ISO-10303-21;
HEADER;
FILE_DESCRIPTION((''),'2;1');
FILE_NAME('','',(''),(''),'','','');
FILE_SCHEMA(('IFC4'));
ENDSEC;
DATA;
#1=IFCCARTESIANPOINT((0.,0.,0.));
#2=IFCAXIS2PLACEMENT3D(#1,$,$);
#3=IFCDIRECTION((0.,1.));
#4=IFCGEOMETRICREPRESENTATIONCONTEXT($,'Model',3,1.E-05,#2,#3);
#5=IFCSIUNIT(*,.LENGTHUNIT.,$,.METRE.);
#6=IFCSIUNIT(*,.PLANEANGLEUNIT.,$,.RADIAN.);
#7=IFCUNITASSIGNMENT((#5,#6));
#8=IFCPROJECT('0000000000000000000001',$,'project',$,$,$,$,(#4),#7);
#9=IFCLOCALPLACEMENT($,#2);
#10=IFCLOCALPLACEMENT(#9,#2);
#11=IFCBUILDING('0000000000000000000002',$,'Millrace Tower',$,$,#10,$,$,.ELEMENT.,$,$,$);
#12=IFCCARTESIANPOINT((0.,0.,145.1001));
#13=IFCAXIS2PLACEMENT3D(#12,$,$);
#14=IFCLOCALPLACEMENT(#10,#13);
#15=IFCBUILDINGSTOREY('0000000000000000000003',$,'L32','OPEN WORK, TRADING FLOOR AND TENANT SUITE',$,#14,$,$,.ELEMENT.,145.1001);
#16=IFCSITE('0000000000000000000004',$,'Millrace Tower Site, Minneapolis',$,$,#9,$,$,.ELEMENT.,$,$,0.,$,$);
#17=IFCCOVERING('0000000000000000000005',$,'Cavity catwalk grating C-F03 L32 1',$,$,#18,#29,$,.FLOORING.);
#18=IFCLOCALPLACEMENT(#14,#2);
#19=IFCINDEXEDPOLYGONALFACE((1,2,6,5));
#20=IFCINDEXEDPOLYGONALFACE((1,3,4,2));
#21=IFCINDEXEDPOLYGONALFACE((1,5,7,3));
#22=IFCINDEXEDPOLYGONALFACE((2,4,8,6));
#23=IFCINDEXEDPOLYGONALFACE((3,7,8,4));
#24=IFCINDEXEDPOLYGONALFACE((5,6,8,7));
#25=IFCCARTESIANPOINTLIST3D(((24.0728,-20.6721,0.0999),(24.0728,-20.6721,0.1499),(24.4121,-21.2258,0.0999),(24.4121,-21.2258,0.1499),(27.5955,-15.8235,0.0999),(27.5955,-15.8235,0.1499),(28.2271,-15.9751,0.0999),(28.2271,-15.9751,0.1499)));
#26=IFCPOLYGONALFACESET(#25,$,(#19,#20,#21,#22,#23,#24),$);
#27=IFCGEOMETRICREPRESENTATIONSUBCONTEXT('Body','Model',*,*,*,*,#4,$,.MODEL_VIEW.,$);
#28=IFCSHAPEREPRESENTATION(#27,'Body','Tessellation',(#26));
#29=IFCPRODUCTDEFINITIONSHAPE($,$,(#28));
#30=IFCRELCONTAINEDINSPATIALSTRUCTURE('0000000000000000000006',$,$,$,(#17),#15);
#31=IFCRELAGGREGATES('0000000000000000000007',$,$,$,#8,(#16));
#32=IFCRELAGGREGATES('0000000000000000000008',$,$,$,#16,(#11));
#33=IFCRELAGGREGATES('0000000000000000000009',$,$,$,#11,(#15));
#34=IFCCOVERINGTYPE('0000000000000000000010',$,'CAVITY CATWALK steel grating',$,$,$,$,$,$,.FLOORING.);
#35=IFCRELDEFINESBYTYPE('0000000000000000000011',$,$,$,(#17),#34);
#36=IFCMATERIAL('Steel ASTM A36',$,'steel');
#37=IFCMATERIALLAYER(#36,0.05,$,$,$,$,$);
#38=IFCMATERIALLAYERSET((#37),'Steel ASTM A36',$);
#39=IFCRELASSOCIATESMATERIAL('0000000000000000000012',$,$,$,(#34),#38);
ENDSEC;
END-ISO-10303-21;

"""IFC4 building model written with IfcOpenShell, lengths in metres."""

from ifc_helpers import new_model, si_unit, direction, frame, origin, place, context, subcontext, project, spatial, polyline, outline, extrude, material, layer, layer_set, type_object, element, save


model = new_model("IFC4")

# Units and contexts
model_context = context("Model", 3, precision=1e-05, world=origin(), true_north=direction((0.0, 1.0)))
body_context = subcontext(model_context, "Body", "Model", "MODEL_VIEW")
ifc_project = project(units=[si_unit("LENGTHUNIT", "METRE"), si_unit("PLANEANGLEUNIT", "RADIAN")], contexts=[model_context])

# Site, building, storey
site_placement = place(None, origin())
site = spatial("IfcSite", under=ifc_project, at=site_placement, Name="Millrace Tower Site, Minneapolis", CompositionType="ELEMENT", RefElevation=0.0)
building_placement = place(site_placement, origin())
building = spatial("IfcBuilding", under=site, at=building_placement, Name="Millrace Tower", CompositionType="ELEMENT")
storey_placement = place(building_placement, frame((0.0, 0.0, 145.1001)))
storey = spatial("IfcBuildingStorey", under=building, at=storey_placement, Name="L32", Description="OPEN WORK, TRADING FLOOR AND TENANT SUITE", CompositionType="ELEMENT", Elevation=145.1001)

# Covering
ifc_material_1 = material(Name="Steel ASTM A36", Category="steel")
ifc_layer_1 = layer(ifc_material_1, 0.05)
ifc_layer_set_1 = layer_set([ifc_layer_1], Name="Steel ASTM A36")
covering_type = type_object("IfcCoveringType", Name="CAVITY CATWALK steel grating", PredefinedType="FLOORING", material=ifc_layer_set_1)
placement_1 = place(storey_placement, frame((0.0, 0.0, 0.0999)))
element("IfcCovering", 1, at=placement_1, inside=storey, type_object=covering_type, Name="Cavity catwalk grating C-F03 L32 1", PredefinedType="FLOORING", context=body_context, shape_type="SweptSolid", body=[
    extrude(outline(polyline([(24.4121, -21.2258), (28.2271, -15.9751), (27.5955, -15.8235), (24.0728, -20.6721), (24.4121, -21.2258)])), origin(), (0.0, 0.0, 1.0), 0.05),
])

save(model, "model.ifc")
